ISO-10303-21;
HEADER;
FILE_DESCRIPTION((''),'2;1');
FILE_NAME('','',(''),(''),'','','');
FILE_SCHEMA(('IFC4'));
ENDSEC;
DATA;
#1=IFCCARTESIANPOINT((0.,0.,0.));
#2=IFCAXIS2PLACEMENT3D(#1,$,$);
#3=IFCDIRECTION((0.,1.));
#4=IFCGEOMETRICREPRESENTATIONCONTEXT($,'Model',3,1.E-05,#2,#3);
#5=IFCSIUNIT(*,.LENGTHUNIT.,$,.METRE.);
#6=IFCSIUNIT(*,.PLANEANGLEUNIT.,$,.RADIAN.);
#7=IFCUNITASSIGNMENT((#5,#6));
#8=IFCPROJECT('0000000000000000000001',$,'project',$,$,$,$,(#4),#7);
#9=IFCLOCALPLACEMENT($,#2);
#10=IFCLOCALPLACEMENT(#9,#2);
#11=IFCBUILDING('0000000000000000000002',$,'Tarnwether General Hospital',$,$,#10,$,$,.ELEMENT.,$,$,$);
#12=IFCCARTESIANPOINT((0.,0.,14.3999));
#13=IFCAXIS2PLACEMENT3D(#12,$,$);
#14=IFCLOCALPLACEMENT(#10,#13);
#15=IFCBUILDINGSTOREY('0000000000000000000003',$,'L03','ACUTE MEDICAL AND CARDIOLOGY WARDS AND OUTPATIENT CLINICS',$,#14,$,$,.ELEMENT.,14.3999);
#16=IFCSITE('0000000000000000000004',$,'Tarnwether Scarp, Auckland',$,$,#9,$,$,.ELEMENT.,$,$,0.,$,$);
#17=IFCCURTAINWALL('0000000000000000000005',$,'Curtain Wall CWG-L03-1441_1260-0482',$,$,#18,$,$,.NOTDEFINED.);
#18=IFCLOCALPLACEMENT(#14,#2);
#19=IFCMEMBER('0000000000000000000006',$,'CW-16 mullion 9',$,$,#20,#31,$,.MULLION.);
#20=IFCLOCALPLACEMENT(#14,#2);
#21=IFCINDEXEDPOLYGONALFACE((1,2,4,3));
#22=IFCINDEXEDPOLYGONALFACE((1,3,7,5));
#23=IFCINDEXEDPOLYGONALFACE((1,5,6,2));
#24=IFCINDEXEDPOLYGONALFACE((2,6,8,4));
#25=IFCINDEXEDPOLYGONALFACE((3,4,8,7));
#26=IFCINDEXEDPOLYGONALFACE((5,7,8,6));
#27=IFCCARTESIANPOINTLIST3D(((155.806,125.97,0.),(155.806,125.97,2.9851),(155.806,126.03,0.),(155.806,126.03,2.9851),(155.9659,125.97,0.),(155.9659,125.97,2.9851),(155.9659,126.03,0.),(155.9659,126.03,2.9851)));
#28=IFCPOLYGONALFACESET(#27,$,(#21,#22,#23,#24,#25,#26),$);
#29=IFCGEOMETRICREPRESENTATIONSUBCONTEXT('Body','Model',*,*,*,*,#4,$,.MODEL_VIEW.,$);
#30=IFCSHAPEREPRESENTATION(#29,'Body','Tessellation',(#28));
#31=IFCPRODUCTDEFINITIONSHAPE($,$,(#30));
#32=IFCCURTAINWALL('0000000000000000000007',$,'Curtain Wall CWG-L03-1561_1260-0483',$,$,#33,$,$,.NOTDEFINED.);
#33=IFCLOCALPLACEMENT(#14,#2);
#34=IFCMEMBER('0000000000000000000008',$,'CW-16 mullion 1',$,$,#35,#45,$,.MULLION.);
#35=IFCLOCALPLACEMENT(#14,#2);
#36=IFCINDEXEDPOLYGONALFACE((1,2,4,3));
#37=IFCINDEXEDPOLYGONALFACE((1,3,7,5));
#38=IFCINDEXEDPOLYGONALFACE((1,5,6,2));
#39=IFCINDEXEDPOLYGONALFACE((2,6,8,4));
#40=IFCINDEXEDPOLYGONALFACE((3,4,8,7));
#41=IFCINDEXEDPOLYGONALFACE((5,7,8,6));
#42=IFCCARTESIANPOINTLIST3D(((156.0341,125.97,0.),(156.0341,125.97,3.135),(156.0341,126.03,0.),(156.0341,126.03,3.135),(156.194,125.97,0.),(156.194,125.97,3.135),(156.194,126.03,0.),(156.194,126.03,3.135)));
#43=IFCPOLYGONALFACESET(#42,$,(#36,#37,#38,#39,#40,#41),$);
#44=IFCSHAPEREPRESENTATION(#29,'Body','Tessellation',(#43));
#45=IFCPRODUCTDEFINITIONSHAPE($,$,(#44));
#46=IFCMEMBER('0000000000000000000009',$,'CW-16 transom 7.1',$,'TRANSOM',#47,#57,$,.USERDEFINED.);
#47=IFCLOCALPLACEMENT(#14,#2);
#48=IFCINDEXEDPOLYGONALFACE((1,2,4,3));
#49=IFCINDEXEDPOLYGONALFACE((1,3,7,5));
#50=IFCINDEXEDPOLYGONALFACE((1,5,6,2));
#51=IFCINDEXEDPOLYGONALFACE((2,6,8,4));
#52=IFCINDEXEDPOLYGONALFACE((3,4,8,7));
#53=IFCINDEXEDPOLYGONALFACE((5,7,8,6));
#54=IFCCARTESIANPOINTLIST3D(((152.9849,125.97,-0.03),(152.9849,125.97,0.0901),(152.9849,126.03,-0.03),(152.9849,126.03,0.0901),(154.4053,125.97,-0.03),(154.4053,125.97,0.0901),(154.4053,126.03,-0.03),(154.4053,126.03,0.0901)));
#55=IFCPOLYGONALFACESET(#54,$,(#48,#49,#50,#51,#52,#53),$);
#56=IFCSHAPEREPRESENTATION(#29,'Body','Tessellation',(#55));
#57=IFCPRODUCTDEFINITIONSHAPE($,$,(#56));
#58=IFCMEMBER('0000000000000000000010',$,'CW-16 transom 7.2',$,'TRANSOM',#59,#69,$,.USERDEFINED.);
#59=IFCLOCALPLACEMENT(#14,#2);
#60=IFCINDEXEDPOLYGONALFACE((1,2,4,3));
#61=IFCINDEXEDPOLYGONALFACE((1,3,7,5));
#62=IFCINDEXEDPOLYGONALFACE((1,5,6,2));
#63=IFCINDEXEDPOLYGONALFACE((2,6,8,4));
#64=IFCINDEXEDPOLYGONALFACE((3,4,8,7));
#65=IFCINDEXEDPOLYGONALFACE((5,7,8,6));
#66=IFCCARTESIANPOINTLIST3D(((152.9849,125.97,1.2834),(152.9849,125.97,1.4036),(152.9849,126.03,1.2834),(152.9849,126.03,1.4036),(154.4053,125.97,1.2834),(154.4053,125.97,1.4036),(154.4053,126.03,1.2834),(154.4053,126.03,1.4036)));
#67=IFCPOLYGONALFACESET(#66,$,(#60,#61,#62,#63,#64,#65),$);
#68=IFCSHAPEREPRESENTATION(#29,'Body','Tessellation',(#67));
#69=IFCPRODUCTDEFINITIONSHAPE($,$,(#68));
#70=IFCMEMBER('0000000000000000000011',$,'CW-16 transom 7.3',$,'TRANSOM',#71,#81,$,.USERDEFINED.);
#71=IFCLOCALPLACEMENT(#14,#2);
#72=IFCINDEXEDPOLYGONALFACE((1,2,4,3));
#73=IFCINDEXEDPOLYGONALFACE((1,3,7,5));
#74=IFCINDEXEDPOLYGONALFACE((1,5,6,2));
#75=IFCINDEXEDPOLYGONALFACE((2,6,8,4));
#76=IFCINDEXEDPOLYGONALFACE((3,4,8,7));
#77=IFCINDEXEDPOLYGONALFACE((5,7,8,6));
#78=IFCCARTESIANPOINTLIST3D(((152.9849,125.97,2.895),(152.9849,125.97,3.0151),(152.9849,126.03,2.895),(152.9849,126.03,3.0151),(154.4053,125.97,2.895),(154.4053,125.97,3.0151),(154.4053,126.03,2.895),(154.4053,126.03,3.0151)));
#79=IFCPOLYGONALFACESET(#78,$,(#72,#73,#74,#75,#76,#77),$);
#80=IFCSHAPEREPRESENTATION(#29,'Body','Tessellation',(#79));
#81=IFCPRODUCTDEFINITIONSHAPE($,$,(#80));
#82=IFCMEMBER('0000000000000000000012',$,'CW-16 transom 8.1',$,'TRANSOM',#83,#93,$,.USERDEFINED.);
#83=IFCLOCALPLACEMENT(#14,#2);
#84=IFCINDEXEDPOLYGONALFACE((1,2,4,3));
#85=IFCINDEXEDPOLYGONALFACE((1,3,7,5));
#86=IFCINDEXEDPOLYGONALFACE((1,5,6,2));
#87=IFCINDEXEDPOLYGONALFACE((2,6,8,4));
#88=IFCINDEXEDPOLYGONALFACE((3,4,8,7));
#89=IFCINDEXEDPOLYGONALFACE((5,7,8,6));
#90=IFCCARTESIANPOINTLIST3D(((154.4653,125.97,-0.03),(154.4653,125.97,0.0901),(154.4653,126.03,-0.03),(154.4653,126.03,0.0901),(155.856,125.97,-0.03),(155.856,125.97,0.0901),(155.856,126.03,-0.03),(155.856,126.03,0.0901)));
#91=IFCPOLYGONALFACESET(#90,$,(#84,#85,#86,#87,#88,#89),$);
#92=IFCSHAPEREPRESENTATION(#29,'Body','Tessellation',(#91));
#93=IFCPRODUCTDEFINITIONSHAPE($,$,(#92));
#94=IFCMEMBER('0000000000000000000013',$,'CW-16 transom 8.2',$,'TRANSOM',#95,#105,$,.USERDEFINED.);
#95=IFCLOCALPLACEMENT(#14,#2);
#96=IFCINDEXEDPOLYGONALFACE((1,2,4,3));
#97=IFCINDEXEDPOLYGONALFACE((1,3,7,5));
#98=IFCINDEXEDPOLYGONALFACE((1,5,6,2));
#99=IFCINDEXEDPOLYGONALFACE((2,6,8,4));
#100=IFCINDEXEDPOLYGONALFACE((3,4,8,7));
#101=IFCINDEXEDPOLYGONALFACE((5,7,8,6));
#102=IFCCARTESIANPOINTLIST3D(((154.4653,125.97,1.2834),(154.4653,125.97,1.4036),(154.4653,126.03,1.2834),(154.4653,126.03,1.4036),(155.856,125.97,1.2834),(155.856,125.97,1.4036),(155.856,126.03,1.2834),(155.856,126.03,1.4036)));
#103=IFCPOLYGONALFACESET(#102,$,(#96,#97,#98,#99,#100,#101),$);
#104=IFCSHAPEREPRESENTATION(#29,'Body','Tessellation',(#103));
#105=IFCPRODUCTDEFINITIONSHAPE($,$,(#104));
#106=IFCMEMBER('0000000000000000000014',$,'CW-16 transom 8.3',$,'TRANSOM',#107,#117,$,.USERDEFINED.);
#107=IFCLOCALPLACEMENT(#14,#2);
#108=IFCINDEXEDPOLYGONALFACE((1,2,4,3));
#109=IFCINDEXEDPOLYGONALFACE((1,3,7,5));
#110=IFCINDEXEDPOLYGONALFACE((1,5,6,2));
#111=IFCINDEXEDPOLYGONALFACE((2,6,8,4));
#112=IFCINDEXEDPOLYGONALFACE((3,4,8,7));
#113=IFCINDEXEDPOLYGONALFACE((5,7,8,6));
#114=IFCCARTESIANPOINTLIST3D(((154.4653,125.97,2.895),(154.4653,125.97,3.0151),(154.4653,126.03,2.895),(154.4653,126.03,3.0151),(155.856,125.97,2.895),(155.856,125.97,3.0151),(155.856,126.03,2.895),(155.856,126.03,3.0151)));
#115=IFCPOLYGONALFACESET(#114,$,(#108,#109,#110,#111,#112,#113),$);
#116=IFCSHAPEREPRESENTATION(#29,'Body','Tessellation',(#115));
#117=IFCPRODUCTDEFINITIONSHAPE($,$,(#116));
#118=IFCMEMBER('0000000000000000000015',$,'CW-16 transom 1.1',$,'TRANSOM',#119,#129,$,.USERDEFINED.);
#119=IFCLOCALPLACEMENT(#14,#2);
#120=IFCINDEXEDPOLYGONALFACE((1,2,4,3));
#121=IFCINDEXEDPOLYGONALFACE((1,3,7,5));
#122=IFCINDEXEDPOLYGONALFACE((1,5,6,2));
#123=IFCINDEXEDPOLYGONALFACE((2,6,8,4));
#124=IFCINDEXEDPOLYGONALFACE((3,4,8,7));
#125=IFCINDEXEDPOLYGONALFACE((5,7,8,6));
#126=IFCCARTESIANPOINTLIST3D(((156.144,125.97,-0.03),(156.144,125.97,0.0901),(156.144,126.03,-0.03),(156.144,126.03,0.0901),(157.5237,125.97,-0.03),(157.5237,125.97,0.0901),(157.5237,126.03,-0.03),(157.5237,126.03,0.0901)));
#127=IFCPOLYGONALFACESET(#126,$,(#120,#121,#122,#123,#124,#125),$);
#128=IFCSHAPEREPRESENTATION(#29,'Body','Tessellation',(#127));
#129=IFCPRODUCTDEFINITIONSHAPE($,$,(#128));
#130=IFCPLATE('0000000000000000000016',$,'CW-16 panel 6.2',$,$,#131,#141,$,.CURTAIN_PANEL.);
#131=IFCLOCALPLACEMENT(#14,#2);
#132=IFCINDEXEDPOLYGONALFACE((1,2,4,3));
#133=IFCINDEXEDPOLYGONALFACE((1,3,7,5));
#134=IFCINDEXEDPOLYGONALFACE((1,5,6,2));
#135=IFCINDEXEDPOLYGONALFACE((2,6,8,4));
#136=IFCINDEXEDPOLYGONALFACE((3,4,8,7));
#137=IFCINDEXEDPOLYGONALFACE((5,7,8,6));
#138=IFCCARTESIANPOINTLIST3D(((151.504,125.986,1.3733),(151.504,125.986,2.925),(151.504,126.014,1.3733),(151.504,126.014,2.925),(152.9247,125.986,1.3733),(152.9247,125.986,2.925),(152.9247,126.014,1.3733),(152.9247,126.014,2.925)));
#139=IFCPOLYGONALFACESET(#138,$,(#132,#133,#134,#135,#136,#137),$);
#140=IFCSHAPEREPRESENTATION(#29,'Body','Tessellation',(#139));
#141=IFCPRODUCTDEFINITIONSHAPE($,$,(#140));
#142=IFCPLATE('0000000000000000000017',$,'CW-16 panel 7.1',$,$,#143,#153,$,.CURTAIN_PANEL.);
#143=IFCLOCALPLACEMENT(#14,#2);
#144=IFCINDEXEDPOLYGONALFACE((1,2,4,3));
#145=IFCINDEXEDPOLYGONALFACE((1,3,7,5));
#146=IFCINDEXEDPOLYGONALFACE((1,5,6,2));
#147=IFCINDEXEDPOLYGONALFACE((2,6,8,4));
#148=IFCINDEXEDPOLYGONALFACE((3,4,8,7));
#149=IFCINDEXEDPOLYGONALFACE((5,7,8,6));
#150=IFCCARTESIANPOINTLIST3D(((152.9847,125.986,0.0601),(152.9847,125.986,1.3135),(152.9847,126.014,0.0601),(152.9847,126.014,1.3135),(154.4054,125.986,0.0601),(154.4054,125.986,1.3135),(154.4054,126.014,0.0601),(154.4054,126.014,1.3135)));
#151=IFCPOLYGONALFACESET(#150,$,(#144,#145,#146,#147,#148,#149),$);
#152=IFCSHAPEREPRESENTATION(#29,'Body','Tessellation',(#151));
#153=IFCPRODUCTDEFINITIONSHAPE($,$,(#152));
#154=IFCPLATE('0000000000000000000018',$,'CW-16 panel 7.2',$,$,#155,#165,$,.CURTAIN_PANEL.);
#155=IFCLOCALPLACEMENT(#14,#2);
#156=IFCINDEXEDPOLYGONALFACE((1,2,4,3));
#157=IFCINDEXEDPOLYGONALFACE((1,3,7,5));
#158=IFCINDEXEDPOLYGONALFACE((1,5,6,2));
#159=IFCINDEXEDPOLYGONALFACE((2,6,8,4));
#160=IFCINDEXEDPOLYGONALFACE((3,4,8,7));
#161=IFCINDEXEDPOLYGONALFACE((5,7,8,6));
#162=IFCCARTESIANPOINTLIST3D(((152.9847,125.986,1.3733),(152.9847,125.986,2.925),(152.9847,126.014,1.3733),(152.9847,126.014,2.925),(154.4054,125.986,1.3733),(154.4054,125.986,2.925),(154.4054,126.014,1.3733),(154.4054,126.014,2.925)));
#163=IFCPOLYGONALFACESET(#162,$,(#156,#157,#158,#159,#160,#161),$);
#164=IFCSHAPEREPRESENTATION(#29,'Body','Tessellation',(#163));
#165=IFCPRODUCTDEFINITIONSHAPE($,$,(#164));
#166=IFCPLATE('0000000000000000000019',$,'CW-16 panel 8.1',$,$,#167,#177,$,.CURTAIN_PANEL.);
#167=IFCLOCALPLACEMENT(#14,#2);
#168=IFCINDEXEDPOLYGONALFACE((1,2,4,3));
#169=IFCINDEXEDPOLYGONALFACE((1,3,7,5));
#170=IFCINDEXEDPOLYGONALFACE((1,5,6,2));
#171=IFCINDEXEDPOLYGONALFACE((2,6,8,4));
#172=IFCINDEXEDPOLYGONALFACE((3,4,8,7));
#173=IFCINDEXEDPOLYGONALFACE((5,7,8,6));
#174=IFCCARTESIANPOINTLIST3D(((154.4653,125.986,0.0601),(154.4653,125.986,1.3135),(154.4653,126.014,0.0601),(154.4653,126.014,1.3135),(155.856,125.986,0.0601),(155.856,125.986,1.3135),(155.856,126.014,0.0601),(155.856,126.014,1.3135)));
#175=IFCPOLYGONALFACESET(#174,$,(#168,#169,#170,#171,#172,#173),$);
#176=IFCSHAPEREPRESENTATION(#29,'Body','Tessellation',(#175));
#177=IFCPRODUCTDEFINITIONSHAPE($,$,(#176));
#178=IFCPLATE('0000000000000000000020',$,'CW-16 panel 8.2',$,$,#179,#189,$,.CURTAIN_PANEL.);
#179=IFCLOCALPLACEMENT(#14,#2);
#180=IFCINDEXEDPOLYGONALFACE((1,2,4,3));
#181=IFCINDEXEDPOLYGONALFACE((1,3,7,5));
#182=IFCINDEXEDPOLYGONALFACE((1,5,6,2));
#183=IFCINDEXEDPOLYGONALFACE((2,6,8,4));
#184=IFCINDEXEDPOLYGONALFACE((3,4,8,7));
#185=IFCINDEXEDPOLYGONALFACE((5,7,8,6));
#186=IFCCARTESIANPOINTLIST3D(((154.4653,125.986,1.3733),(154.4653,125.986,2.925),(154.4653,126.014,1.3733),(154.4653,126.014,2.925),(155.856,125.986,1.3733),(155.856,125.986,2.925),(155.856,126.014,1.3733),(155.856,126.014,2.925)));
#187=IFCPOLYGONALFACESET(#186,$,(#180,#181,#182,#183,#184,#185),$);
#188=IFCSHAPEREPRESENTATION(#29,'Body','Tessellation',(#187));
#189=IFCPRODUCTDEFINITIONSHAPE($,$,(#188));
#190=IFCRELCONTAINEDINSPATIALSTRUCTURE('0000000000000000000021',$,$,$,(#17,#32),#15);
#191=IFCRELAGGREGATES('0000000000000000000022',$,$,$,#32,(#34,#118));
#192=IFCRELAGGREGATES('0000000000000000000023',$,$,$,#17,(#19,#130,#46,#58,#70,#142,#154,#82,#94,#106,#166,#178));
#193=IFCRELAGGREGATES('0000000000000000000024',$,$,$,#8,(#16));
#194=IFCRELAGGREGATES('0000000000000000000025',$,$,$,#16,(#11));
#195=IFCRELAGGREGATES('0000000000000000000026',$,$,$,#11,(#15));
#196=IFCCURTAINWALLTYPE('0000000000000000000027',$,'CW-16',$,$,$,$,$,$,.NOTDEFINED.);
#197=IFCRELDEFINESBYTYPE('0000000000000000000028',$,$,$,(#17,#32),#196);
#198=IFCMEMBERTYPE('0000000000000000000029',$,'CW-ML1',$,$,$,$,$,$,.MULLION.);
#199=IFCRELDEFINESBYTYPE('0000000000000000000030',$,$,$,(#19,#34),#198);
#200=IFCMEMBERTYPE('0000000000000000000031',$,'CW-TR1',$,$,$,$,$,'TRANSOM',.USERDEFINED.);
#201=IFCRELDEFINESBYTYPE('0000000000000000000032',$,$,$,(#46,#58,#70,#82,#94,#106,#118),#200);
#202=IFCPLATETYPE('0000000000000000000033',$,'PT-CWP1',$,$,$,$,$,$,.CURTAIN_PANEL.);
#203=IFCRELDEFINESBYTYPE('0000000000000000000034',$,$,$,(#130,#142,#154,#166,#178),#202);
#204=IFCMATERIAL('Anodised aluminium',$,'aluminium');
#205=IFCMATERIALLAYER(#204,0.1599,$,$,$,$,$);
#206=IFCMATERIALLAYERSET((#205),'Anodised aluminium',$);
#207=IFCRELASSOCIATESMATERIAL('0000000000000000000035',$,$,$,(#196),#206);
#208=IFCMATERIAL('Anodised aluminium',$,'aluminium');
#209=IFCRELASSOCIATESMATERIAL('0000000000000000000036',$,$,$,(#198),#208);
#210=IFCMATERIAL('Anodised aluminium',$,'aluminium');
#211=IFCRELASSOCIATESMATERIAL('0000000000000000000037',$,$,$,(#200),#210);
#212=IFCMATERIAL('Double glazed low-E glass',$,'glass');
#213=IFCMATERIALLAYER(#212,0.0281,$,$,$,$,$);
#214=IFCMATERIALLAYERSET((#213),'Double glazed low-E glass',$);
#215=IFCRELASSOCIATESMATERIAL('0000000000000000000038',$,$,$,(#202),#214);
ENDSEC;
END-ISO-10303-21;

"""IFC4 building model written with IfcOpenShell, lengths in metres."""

from ifc_helpers import new_model, si_unit, direction, frame, origin, origin_2d, place, context, subcontext, project, spatial, rectangle, extrude, material, layer, layer_set, material_profile, profile_set, type_object, element, aggregate, save


model = new_model("IFC4")

# Units and contexts
model_context = context("Model", 3, precision=1e-05, world=origin(), true_north=direction((0.0, 1.0)))
body_context = subcontext(model_context, "Body", "Model", "MODEL_VIEW")
ifc_project = project(units=[si_unit("LENGTHUNIT", "METRE"), si_unit("PLANEANGLEUNIT", "RADIAN")], contexts=[model_context])

# Site, building, storey
site_placement = place(None, origin())
site = spatial("IfcSite", under=ifc_project, at=site_placement, Name="Tarnwether Scarp, Auckland", CompositionType="ELEMENT", RefElevation=0.0)
building_placement = place(site_placement, origin())
building = spatial("IfcBuilding", under=site, at=building_placement, Name="Tarnwether General Hospital", CompositionType="ELEMENT")
storey_placement = place(building_placement, frame((0.0, 0.0, 14.3999)))
storey = spatial("IfcBuildingStorey", under=building, at=storey_placement, Name="L03", Description="ACUTE MEDICAL AND CARDIOLOGY WARDS AND OUTPATIENT CLINICS", CompositionType="ELEMENT", Elevation=14.3999)

# Curtain wall, member
ifc_material_1 = material(Name="Anodised aluminium", Category="aluminium")
ifc_layer_1 = layer(ifc_material_1, 0.1599)
ifc_layer_set_1 = layer_set([ifc_layer_1], Name="Anodised aluminium")
curtain_wall_type = type_object("IfcCurtainWallType", Name="CW-16", PredefinedType="NOTDEFINED", material=ifc_layer_set_1)
curtain_wall_1_placement = place(storey_placement, origin())
curtain_wall_1 = element("IfcCurtainWall", 1, at=curtain_wall_1_placement, inside=storey, type_object=curtain_wall_type, Name="Curtain Wall CWG-L03-1441_1260-0482", PredefinedType="NOTDEFINED")
ifc_material_2 = material(Name="Anodised aluminium", Category="aluminium")
ifc_material_profile_1 = material_profile(ifc_material_2, rectangle(XDim=0.0601, YDim=0.1599, at=origin_2d()), Name="ALU-MUL-60x160")
ifc_profile_set_1 = profile_set([ifc_material_profile_1], Name="Anodised aluminium")
member_type_1 = type_object("IfcMemberType", Name="CW-ML1", PredefinedType="MULLION", material=ifc_profile_set_1)
member_1_placement = place(storey_placement, frame((155.886, 126.0, 0.0), z_axis=(0.0, 0.0, 1.0), x_axis=(0.0, 1.0, 0.0)))
member_1 = element("IfcMember", 2, at=member_1_placement, type_object=member_type_1, Name="CW-16 mullion 9", PredefinedType="MULLION", context=body_context, shape_type="SweptSolid", body=[
    extrude(rectangle(XDim=0.0601, YDim=0.1599, at=origin_2d()), origin(), (0.0, 0.0, 1.0), 2.9851),
])

# Curtain wall, member
curtain_wall_2_placement = place(storey_placement, origin())
curtain_wall_2 = element("IfcCurtainWall", 3, at=curtain_wall_2_placement, inside=storey, type_object=curtain_wall_type, Name="Curtain Wall CWG-L03-1561_1260-0483", PredefinedType="NOTDEFINED")
member_2_placement = place(storey_placement, frame((156.114, 126.0, 0.0), z_axis=(0.0, 0.0, 1.0), x_axis=(0.0, 1.0, 0.0)))
member_2 = element("IfcMember", 4, at=member_2_placement, type_object=member_type_1, Name="CW-16 mullion 1", PredefinedType="MULLION", context=body_context, shape_type="SweptSolid", body=[
    extrude(rectangle(XDim=0.0601, YDim=0.1599, at=origin_2d()), origin(), (0.0, 0.0, 1.0), 3.135),
])

# Members
ifc_material_3 = material(Name="Anodised aluminium", Category="aluminium")
ifc_material_profile_2 = material_profile(ifc_material_3, rectangle(XDim=0.0601, YDim=0.1201, at=origin_2d()), Name="ALU-TRN-60x120")
ifc_profile_set_2 = profile_set([ifc_material_profile_2], Name="Anodised aluminium")
member_type_2 = type_object("IfcMemberType", Name="CW-TR1", ElementType="TRANSOM", PredefinedType="USERDEFINED", material=ifc_profile_set_2)
member_3_placement = place(storey_placement, frame((152.9849, 126.0, 0.03), z_axis=(1.0, 0.0, 0.0), x_axis=(0.0, 1.0, 0.0)))
member_3 = element("IfcMember", 5, at=member_3_placement, type_object=member_type_2, Name="CW-16 transom 7.1", ObjectType="TRANSOM", PredefinedType="USERDEFINED", context=body_context, shape_type="SweptSolid", body=[
    extrude(rectangle(XDim=0.0601, YDim=0.1201, at=origin_2d()), origin(), (0.0, 0.0, 1.0), 1.4204),
])
member_4_placement = place(storey_placement, frame((152.9849, 126.0, 1.3435), z_axis=(1.0, 0.0, 0.0), x_axis=(0.0, 1.0, 0.0)))
member_4 = element("IfcMember", 6, at=member_4_placement, type_object=member_type_2, Name="CW-16 transom 7.2", ObjectType="TRANSOM", PredefinedType="USERDEFINED", context=body_context, shape_type="SweptSolid", body=[
    extrude(rectangle(XDim=0.0601, YDim=0.1201, at=origin_2d()), origin(), (0.0, 0.0, 1.0), 1.4204),
])
member_5_placement = place(storey_placement, frame((152.9849, 126.0, 2.9551), z_axis=(1.0, 0.0, 0.0), x_axis=(0.0, 1.0, 0.0)))
member_5 = element("IfcMember", 7, at=member_5_placement, type_object=member_type_2, Name="CW-16 transom 7.3", ObjectType="TRANSOM", PredefinedType="USERDEFINED", context=body_context, shape_type="SweptSolid", body=[
    extrude(rectangle(XDim=0.0601, YDim=0.1201, at=origin_2d()), origin(), (0.0, 0.0, 1.0), 1.4204),
])
member_6_placement = place(storey_placement, frame((154.4653, 126.0, 0.03), z_axis=(1.0, 0.0, 0.0), x_axis=(0.0, 1.0, 0.0)))
member_6 = element("IfcMember", 8, at=member_6_placement, type_object=member_type_2, Name="CW-16 transom 8.1", ObjectType="TRANSOM", PredefinedType="USERDEFINED", context=body_context, shape_type="SweptSolid", body=[
    extrude(rectangle(XDim=0.0601, YDim=0.1201, at=origin_2d()), origin(), (0.0, 0.0, 1.0), 1.3906),
])
member_7_placement = place(storey_placement, frame((154.4653, 126.0, 1.3435), z_axis=(1.0, 0.0, 0.0), x_axis=(0.0, 1.0, 0.0)))
member_7 = element("IfcMember", 9, at=member_7_placement, type_object=member_type_2, Name="CW-16 transom 8.2", ObjectType="TRANSOM", PredefinedType="USERDEFINED", context=body_context, shape_type="SweptSolid", body=[
    extrude(rectangle(XDim=0.0601, YDim=0.1201, at=origin_2d()), origin(), (0.0, 0.0, 1.0), 1.3906),
])
member_8_placement = place(storey_placement, frame((154.4653, 126.0, 2.9551), z_axis=(1.0, 0.0, 0.0), x_axis=(0.0, 1.0, 0.0)))
member_8 = element("IfcMember", 10, at=member_8_placement, type_object=member_type_2, Name="CW-16 transom 8.3", ObjectType="TRANSOM", PredefinedType="USERDEFINED", context=body_context, shape_type="SweptSolid", body=[
    extrude(rectangle(XDim=0.0601, YDim=0.1201, at=origin_2d()), origin(), (0.0, 0.0, 1.0), 1.3906),
])
member_9_placement = place(storey_placement, frame((156.144, 126.0, 0.03), z_axis=(1.0, 0.0, 0.0), x_axis=(0.0, 1.0, 0.0)))
member_9 = element("IfcMember", 11, at=member_9_placement, type_object=member_type_2, Name="CW-16 transom 1.1", ObjectType="TRANSOM", PredefinedType="USERDEFINED", context=body_context, shape_type="SweptSolid", body=[
    extrude(rectangle(XDim=0.0601, YDim=0.1201, at=origin_2d()), origin(), (0.0, 0.0, 1.0), 1.3796),
])
aggregate(curtain_wall_2, [member_2, member_9])

# Plates
ifc_material_4 = material(Name="Double glazed low-E glass", Category="glass")
ifc_layer_2 = layer(ifc_material_4, 0.0281)
ifc_layer_set_2 = layer_set([ifc_layer_2], Name="Double glazed low-E glass")
plate_type_1 = type_object("IfcPlateType", Name="PT-CWP1", PredefinedType="CURTAIN_PANEL", material=ifc_layer_set_2)
plate_1_placement = place(storey_placement, frame((152.2144, 126.0, 1.3733), z_axis=(0.0, 0.0, 1.0), x_axis=(1.0, 0.0, 0.0)))
plate_1 = element("IfcPlate", 12, at=plate_1_placement, type_object=plate_type_1, Name="CW-16 panel 6.2", PredefinedType="CURTAIN_PANEL", context=body_context, shape_type="SweptSolid", body=[
    extrude(rectangle(XDim=1.4207, YDim=0.0281, at=origin_2d()), origin(), (0.0, 0.0, 1.0), 1.5518),
])
plate_2_placement = place(storey_placement, frame((153.6951, 126.0, 0.0601), z_axis=(0.0, 0.0, 1.0), x_axis=(1.0, 0.0, 0.0)))
plate_2 = element("IfcPlate", 13, at=plate_2_placement, type_object=plate_type_1, Name="CW-16 panel 7.1", PredefinedType="CURTAIN_PANEL", context=body_context, shape_type="SweptSolid", body=[
    extrude(rectangle(XDim=1.4207, YDim=0.0281, at=origin_2d()), origin(), (0.0, 0.0, 1.0), 1.2534),
])
plate_3_placement = place(storey_placement, frame((153.6951, 126.0, 1.3733), z_axis=(0.0, 0.0, 1.0), x_axis=(1.0, 0.0, 0.0)))
plate_3 = element("IfcPlate", 14, at=plate_3_placement, type_object=plate_type_1, Name="CW-16 panel 7.2", PredefinedType="CURTAIN_PANEL", context=body_context, shape_type="SweptSolid", body=[
    extrude(rectangle(XDim=1.4207, YDim=0.0281, at=origin_2d()), origin(), (0.0, 0.0, 1.0), 1.5518),
])
plate_4_placement = place(storey_placement, frame((155.1606, 126.0, 0.0601), z_axis=(0.0, 0.0, 1.0), x_axis=(1.0, 0.0, 0.0)))
plate_4 = element("IfcPlate", 15, at=plate_4_placement, type_object=plate_type_1, Name="CW-16 panel 8.1", PredefinedType="CURTAIN_PANEL", context=body_context, shape_type="SweptSolid", body=[
    extrude(rectangle(XDim=1.3906, YDim=0.0281, at=origin_2d()), origin(), (0.0, 0.0, 1.0), 1.2534),
])
plate_5_placement = place(storey_placement, frame((155.1606, 126.0, 1.3733), z_axis=(0.0, 0.0, 1.0), x_axis=(1.0, 0.0, 0.0)))
plate_5 = element("IfcPlate", 16, at=plate_5_placement, type_object=plate_type_1, Name="CW-16 panel 8.2", PredefinedType="CURTAIN_PANEL", context=body_context, shape_type="SweptSolid", body=[
    extrude(rectangle(XDim=1.3906, YDim=0.0281, at=origin_2d()), origin(), (0.0, 0.0, 1.0), 1.5518),
])
aggregate(curtain_wall_1, [member_1, plate_1, member_3, member_4, member_5, plate_2, plate_3, member_6, member_7, member_8, plate_4, plate_5])

save(model, "model.ifc")
